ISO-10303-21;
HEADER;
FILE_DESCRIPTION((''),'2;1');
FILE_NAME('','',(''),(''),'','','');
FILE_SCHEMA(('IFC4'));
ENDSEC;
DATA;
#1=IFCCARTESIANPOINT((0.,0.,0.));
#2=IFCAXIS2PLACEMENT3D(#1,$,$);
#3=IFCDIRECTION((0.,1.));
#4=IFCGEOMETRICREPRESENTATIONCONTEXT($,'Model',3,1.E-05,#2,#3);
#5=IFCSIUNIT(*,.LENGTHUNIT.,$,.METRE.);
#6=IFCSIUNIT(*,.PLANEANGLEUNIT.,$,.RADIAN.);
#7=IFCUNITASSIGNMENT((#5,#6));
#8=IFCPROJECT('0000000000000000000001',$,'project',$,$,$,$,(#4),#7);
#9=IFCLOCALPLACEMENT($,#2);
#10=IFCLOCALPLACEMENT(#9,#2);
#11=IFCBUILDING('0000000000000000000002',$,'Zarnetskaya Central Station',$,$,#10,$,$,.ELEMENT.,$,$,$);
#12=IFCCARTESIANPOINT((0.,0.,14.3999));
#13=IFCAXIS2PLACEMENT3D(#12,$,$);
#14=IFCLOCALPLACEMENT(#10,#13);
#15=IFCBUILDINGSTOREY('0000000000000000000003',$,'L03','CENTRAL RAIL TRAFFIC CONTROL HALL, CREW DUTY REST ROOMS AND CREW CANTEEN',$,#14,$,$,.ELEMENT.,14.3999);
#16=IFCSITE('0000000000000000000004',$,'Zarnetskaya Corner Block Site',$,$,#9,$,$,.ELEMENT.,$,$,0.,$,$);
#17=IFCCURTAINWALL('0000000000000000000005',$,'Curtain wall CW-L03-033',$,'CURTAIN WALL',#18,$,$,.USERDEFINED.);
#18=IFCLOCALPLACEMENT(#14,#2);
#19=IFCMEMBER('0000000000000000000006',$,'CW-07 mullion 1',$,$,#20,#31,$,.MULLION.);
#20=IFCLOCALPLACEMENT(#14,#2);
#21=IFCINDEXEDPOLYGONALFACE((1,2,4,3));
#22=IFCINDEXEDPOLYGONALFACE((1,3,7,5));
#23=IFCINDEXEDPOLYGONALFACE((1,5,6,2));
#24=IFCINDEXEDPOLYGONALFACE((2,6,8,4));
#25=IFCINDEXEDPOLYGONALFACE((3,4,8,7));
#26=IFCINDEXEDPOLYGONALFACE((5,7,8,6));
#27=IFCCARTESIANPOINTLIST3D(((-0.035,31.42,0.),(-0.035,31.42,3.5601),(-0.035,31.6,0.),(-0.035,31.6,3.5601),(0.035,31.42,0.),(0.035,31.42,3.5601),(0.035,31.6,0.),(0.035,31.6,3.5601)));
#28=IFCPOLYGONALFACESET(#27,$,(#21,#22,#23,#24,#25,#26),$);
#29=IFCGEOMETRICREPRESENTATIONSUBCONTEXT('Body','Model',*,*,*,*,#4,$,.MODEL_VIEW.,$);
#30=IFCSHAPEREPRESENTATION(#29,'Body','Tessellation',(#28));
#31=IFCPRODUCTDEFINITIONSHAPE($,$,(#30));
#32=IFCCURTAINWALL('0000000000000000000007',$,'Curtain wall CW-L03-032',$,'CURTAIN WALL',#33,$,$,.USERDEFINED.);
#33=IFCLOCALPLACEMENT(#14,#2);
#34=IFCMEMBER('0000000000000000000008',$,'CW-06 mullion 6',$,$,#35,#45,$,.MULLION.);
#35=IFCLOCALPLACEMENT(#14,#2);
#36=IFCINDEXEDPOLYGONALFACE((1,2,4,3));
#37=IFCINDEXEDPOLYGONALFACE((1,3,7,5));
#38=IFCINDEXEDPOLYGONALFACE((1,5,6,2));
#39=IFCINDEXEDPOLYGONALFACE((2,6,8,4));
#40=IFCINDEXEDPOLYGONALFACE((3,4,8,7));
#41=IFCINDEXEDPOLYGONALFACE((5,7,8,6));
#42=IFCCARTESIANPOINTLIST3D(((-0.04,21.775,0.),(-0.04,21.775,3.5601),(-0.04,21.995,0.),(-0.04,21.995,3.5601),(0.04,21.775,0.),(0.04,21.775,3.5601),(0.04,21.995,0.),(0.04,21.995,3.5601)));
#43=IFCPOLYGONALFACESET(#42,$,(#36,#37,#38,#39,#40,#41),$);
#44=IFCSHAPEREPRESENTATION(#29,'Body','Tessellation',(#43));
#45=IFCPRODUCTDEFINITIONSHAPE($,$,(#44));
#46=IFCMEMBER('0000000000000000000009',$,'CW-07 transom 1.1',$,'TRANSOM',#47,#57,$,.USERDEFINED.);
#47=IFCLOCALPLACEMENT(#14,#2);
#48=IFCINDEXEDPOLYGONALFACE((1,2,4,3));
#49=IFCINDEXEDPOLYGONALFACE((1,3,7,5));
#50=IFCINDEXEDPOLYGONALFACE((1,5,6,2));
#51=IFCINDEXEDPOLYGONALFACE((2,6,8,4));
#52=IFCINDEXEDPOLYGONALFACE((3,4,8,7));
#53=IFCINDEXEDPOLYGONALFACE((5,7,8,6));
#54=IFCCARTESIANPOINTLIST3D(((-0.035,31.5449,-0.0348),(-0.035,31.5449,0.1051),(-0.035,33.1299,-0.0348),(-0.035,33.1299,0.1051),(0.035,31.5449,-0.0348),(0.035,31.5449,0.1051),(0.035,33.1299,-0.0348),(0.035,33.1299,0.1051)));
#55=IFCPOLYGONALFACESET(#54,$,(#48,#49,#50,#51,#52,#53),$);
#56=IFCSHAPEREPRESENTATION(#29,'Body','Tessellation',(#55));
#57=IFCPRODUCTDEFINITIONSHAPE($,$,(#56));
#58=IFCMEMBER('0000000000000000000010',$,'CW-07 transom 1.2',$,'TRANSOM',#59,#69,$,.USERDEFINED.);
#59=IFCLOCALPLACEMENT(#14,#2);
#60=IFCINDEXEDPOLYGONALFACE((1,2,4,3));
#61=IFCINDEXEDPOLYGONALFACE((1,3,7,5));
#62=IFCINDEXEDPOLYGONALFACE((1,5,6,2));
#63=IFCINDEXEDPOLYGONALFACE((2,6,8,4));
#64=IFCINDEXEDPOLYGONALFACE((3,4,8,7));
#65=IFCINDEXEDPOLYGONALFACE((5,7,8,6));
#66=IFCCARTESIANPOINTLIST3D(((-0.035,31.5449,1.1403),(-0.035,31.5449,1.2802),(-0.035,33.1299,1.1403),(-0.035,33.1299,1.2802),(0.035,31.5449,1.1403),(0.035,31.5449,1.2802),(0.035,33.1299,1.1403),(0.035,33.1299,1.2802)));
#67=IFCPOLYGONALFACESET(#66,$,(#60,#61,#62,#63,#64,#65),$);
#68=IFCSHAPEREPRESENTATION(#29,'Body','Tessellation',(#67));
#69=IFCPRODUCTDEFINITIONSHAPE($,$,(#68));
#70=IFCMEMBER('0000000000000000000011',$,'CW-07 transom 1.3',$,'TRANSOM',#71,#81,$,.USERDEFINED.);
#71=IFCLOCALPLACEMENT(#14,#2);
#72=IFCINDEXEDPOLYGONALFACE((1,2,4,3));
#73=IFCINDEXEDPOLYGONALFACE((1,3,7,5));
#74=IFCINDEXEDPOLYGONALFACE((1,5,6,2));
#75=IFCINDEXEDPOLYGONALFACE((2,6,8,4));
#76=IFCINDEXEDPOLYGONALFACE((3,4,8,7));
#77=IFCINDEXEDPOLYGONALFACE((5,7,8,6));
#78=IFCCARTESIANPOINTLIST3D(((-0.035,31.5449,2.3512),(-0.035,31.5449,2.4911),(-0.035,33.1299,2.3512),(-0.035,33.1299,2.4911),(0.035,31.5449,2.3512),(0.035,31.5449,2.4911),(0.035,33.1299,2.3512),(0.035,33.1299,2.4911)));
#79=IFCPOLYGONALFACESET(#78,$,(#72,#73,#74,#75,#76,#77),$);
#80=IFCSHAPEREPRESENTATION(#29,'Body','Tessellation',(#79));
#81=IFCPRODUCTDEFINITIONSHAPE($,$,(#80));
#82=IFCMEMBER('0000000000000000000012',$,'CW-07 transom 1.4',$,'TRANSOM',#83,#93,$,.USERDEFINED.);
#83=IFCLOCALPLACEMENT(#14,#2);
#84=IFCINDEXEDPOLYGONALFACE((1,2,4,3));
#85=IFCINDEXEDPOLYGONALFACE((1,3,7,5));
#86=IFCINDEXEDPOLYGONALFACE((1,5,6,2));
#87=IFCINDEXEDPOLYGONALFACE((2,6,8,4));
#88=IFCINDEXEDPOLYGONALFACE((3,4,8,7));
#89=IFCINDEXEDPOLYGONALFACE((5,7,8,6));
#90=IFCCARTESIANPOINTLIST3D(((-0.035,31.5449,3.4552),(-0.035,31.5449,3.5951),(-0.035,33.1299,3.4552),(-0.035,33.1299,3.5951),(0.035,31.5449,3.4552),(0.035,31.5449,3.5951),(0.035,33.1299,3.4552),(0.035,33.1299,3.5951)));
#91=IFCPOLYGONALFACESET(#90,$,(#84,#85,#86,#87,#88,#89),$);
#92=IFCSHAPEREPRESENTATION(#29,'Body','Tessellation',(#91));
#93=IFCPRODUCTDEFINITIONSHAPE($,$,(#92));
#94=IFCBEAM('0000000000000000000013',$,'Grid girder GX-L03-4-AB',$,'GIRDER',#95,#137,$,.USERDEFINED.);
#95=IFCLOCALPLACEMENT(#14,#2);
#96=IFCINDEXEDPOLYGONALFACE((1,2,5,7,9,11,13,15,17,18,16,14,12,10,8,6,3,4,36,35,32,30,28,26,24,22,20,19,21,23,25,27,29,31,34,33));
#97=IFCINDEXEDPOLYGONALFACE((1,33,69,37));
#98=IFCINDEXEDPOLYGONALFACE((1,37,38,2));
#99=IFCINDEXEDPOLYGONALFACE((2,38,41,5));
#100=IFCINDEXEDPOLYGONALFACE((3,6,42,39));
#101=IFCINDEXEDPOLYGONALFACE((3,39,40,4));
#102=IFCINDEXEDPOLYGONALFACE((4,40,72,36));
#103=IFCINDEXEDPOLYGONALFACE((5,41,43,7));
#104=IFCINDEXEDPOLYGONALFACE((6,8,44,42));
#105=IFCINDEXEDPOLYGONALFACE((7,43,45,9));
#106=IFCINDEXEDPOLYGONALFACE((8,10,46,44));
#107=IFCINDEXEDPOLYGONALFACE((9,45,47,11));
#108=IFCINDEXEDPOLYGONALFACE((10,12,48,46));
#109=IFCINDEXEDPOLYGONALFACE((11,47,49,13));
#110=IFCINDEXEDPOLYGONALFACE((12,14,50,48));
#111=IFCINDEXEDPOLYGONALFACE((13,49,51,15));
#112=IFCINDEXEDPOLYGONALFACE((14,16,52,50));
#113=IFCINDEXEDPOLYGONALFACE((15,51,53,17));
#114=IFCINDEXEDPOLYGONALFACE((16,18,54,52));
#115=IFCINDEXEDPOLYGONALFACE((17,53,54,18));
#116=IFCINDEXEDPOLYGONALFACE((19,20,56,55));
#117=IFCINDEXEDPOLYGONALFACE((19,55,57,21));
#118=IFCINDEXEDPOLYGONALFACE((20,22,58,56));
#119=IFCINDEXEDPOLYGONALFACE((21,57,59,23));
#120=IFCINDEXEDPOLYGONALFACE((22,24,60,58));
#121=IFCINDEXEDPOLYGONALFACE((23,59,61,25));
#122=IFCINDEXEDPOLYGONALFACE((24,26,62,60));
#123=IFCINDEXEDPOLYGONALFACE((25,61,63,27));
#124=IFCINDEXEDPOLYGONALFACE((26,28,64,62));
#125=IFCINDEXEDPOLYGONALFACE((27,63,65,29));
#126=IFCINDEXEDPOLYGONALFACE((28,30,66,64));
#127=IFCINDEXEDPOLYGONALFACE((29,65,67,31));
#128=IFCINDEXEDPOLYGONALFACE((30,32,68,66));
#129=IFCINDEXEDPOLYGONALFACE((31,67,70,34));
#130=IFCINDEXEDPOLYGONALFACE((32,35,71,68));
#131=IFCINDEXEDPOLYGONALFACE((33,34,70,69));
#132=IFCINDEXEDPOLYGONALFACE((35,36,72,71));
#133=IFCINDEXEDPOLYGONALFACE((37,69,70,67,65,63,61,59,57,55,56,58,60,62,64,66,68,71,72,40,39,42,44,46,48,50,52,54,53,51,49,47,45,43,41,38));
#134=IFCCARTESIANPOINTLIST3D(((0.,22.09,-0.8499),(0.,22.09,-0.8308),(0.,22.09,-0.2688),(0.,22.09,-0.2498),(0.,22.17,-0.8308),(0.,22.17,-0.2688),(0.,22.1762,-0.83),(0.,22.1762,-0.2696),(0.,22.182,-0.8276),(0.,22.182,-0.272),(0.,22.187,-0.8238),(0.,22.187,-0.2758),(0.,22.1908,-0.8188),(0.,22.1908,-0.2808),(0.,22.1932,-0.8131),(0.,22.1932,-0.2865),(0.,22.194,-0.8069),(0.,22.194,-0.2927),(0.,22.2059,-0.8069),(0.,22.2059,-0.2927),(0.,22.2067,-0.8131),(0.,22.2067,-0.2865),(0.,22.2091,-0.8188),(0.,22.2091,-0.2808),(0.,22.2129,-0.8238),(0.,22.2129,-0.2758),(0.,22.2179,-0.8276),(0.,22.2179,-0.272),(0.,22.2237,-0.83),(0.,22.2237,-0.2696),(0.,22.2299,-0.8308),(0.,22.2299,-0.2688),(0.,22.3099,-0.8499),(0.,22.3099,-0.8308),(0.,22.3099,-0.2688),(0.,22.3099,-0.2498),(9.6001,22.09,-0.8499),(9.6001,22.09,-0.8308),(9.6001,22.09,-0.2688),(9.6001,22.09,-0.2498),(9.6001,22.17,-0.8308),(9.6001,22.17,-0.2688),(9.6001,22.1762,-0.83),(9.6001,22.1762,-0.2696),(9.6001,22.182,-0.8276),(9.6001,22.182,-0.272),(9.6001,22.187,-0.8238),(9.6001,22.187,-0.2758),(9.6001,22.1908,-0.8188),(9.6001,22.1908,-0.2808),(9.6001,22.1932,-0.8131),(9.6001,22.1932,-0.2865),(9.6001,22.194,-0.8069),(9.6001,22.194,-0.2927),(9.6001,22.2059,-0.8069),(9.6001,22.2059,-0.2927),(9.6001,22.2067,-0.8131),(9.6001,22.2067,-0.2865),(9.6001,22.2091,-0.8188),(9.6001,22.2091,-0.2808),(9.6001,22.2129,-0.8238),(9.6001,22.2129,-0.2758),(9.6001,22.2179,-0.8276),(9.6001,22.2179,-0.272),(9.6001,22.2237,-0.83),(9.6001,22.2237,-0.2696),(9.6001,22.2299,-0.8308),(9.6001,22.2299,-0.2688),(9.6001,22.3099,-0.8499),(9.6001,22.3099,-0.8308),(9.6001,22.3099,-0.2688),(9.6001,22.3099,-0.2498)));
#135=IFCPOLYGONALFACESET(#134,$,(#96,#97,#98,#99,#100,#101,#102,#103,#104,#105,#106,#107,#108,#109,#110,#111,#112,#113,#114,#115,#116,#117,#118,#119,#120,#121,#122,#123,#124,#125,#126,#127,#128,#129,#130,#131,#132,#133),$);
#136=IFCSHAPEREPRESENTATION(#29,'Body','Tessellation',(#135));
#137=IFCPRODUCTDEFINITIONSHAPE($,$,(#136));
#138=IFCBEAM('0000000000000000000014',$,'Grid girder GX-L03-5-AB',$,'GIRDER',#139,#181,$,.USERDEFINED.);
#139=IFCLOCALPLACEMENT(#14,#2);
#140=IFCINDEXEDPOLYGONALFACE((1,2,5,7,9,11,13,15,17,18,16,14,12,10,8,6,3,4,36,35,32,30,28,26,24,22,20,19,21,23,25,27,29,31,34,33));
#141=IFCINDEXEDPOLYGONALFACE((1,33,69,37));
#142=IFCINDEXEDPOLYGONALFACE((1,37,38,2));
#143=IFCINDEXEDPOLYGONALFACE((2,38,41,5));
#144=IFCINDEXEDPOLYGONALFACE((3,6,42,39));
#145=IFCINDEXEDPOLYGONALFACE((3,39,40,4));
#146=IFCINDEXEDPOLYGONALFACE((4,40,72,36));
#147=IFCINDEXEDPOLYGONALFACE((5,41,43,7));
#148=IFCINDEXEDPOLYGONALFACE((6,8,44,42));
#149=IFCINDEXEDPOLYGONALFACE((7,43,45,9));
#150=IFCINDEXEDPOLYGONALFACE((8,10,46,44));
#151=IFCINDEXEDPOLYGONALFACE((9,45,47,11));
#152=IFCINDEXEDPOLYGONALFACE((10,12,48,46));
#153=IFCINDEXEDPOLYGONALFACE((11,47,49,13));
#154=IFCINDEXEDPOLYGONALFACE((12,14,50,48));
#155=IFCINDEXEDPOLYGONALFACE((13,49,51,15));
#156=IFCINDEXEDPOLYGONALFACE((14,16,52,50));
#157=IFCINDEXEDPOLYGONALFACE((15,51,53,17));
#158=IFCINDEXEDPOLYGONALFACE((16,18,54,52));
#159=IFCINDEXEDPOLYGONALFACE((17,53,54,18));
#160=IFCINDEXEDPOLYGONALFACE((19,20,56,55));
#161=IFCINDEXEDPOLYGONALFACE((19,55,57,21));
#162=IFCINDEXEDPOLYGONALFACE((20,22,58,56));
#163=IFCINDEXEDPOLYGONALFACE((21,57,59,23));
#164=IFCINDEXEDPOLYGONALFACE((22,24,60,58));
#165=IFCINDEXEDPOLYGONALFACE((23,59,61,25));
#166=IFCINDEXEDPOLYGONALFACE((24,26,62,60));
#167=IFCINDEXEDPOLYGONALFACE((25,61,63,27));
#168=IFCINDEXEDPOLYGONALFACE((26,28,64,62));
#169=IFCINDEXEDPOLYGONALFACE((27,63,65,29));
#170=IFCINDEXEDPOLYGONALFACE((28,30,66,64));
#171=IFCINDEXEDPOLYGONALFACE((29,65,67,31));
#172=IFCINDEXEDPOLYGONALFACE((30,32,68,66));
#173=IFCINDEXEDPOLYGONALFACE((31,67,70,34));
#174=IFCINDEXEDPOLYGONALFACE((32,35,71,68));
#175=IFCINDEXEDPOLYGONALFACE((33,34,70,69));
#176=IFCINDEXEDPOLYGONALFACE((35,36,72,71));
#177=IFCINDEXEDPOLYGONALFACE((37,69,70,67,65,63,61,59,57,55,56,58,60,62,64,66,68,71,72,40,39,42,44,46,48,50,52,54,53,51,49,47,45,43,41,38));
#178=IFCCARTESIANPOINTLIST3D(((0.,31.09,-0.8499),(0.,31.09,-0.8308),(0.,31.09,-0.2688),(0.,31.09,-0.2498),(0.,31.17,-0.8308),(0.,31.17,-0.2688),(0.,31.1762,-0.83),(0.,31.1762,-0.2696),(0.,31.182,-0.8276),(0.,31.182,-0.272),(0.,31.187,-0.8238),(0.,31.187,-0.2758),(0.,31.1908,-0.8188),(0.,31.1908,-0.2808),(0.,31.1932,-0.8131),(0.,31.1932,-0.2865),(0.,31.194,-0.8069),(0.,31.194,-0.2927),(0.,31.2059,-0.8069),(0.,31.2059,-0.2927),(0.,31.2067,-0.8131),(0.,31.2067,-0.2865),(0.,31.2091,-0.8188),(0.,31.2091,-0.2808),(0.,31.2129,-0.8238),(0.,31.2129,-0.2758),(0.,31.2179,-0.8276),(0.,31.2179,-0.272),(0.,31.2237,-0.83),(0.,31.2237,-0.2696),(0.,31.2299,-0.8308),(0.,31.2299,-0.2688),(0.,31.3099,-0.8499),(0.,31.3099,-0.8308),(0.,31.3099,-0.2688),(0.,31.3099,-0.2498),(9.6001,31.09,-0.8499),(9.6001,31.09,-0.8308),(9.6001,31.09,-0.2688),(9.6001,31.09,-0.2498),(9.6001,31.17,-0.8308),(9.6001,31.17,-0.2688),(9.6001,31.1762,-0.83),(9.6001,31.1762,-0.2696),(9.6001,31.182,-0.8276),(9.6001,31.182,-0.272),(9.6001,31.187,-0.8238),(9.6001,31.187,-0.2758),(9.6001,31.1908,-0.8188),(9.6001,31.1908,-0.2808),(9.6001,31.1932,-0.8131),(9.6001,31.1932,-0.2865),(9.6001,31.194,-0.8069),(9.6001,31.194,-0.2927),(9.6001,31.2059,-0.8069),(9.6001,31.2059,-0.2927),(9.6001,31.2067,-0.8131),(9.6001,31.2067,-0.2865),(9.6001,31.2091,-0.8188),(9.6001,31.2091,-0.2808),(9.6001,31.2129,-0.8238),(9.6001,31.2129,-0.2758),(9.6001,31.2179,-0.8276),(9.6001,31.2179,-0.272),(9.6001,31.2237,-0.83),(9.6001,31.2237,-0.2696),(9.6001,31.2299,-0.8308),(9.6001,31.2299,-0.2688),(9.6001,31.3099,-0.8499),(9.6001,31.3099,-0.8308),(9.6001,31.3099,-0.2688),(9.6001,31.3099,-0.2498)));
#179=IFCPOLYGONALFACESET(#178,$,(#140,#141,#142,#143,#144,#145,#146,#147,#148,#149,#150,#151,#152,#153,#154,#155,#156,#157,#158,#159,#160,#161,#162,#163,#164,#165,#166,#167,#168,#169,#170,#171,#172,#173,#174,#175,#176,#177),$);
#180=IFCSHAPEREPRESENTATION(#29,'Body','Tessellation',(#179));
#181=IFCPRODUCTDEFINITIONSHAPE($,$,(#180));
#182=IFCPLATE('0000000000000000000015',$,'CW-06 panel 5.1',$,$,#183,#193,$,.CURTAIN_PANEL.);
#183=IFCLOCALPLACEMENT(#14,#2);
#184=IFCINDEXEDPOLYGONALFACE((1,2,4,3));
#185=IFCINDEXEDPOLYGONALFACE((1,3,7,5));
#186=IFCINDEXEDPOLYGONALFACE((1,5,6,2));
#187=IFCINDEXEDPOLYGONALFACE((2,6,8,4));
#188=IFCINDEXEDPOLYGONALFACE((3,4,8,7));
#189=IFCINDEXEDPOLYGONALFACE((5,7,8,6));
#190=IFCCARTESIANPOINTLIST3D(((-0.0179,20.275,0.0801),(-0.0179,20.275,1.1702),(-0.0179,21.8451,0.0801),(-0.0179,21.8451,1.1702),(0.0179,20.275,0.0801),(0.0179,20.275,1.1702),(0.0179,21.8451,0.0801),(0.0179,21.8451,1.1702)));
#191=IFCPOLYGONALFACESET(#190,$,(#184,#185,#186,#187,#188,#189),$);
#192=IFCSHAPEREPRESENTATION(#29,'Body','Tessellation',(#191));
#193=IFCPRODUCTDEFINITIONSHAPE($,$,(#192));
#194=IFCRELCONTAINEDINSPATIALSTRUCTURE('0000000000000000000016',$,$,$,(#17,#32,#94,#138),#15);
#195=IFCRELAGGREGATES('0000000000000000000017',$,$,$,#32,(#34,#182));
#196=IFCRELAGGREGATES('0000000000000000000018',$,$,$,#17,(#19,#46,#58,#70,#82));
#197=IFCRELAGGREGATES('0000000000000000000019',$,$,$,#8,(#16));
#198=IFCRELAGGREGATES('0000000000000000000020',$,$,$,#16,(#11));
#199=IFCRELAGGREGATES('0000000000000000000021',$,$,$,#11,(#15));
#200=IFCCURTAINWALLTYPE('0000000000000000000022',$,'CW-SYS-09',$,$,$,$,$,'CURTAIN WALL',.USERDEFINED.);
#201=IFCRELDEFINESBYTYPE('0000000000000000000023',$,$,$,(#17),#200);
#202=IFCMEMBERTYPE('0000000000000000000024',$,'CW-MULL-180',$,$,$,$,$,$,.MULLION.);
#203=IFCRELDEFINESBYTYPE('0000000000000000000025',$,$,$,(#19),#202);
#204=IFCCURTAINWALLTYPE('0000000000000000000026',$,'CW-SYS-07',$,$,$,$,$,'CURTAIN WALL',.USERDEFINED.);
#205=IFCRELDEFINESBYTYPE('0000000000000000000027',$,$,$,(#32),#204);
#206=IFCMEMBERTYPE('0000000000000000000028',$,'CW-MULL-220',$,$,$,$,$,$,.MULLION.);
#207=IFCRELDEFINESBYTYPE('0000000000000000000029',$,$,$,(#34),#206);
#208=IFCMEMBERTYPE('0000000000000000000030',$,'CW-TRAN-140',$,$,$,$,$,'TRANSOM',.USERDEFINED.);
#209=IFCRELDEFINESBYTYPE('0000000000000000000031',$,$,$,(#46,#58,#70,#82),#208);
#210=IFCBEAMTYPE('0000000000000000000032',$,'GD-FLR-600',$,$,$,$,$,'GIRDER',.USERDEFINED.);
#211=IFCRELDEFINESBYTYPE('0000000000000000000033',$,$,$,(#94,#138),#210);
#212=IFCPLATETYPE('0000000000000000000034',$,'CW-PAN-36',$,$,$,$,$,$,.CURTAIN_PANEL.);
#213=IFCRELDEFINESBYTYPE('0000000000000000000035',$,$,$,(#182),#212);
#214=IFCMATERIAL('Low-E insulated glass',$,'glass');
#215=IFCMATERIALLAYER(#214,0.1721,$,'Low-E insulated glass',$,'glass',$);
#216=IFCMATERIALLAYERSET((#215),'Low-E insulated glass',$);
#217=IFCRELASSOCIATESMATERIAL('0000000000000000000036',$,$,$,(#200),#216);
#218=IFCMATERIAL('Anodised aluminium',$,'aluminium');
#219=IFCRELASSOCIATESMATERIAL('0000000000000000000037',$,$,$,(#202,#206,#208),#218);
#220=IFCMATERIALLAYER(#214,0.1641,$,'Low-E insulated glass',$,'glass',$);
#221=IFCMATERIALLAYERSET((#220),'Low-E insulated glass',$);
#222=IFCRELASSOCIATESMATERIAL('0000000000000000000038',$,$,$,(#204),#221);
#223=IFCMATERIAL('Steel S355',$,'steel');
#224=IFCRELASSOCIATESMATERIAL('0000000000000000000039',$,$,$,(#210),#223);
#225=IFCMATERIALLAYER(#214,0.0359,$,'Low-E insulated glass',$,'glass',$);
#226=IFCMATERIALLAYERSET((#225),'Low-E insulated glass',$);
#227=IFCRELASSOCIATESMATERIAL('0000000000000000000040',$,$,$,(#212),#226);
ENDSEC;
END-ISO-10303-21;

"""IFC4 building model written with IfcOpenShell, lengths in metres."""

from ifc_helpers import new_model, si_unit, direction, frame, origin, origin_2d, place, context, subcontext, project, spatial, rectangle, i_section, extrude, material, layer, layer_set, material_profile, profile_set, type_object, element, aggregate, save


model = new_model("IFC4")

# Units and contexts
model_context = context("Model", 3, precision=1e-05, world=origin(), true_north=direction((0.0, 1.0)))
body_context = subcontext(model_context, "Body", "Model", "MODEL_VIEW")
ifc_project = project(units=[si_unit("LENGTHUNIT", "METRE"), si_unit("PLANEANGLEUNIT", "RADIAN")], contexts=[model_context])

# Site, building, storey
site_placement = place(None, origin())
site = spatial("IfcSite", under=ifc_project, at=site_placement, Name="Zarnetskaya Corner Block Site", CompositionType="ELEMENT", RefElevation=0.0)
building_placement = place(site_placement, origin())
building = spatial("IfcBuilding", under=site, at=building_placement, Name="Zarnetskaya Central Station", CompositionType="ELEMENT")
storey_placement = place(building_placement, frame((0.0, 0.0, 14.3999)))
storey = spatial("IfcBuildingStorey", under=building, at=storey_placement, Name="L03", Description="CENTRAL RAIL TRAFFIC CONTROL HALL, CREW DUTY REST ROOMS AND CREW CANTEEN", CompositionType="ELEMENT", Elevation=14.3999)

# Shared definitions
ifc_material_1 = material(Name="Steel S355", Category="steel")

# Curtain walls, members
ifc_material_2 = material(Name="Low-E insulated glass", Category="glass")
ifc_layer_1 = layer(ifc_material_2, 0.1721, Name="Low-E insulated glass", Category="glass")
ifc_layer_set_1 = layer_set([ifc_layer_1], Name="Low-E insulated glass")
curtain_wall_type_1 = type_object("IfcCurtainWallType", Name="CW-SYS-09", ElementType="CURTAIN WALL", PredefinedType="USERDEFINED", material=ifc_layer_set_1)
curtain_wall_1_placement = place(storey_placement, origin())
curtain_wall_1 = element("IfcCurtainWall", 1, at=curtain_wall_1_placement, inside=storey, type_object=curtain_wall_type_1, Name="Curtain wall CW-L03-033", ObjectType="CURTAIN WALL", PredefinedType="USERDEFINED")
ifc_material_3 = material(Name="Anodised aluminium", Category="aluminium")
ifc_material_profile_1 = material_profile(ifc_material_3, rectangle(XDim=0.0701, YDim=0.1799, at=origin_2d()), Name="ALU MULL 70x180")
ifc_profile_set_1 = profile_set([ifc_material_profile_1], Name="Anodised aluminium")
member_type_1 = type_object("IfcMemberType", Name="CW-MULL-180", PredefinedType="MULLION", material=ifc_profile_set_1)
member_1_placement = place(storey_placement, frame((0.0, 31.51, 0.0), z_axis=(0.0, 0.0, 1.0), x_axis=(-1.0, 0.0, 0.0)))
member_1 = element("IfcMember", 2, at=member_1_placement, type_object=member_type_1, Name="CW-07 mullion 1", PredefinedType="MULLION", context=body_context, shape_type="SweptSolid", body=[
    extrude(rectangle(XDim=0.0701, YDim=0.1799, at=origin_2d()), origin(), (0.0, 0.0, 1.0), 3.5601),
])
ifc_layer_2 = layer(ifc_material_2, 0.1641, Name="Low-E insulated glass", Category="glass")
ifc_layer_set_2 = layer_set([ifc_layer_2], Name="Low-E insulated glass")
curtain_wall_type_2 = type_object("IfcCurtainWallType", Name="CW-SYS-07", ElementType="CURTAIN WALL", PredefinedType="USERDEFINED", material=ifc_layer_set_2)
curtain_wall_2_placement = place(storey_placement, origin())
curtain_wall_2 = element("IfcCurtainWall", 3, at=curtain_wall_2_placement, inside=storey, type_object=curtain_wall_type_2, Name="Curtain wall CW-L03-032", ObjectType="CURTAIN WALL", PredefinedType="USERDEFINED")
ifc_material_profile_2 = material_profile(ifc_material_3, rectangle(XDim=0.0801, YDim=0.22, at=origin_2d()), Name="ALU MULL 80x220")
ifc_profile_set_2 = profile_set([ifc_material_profile_2], Name="Anodised aluminium")
member_type_2 = type_object("IfcMemberType", Name="CW-MULL-220", PredefinedType="MULLION", material=ifc_profile_set_2)
member_2_placement = place(storey_placement, frame((0.0, 21.885, 0.0), z_axis=(0.0, 0.0, 1.0), x_axis=(-1.0, 0.0, 0.0)))
member_2 = element("IfcMember", 4, at=member_2_placement, type_object=member_type_2, Name="CW-06 mullion 6", PredefinedType="MULLION", context=body_context, shape_type="SweptSolid", body=[
    extrude(rectangle(XDim=0.0801, YDim=0.22, at=origin_2d()), origin(), (0.0, 0.0, 1.0), 3.5601),
])

# Members
ifc_material_profile_3 = material_profile(ifc_material_3, rectangle(XDim=0.0701, YDim=0.1399, at=origin_2d()), Name="ALU TRAN 70x140")
ifc_profile_set_3 = profile_set([ifc_material_profile_3], Name="Anodised aluminium")
member_type_3 = type_object("IfcMemberType", Name="CW-TRAN-140", ElementType="TRANSOM", PredefinedType="USERDEFINED", material=ifc_profile_set_3)
member_3_placement = place(storey_placement, frame((0.0, 31.5449, 0.0352), z_axis=(0.0, 1.0, 0.0), x_axis=(-1.0, 0.0, 0.0)))
member_3 = element("IfcMember", 5, at=member_3_placement, type_object=member_type_3, Name="CW-07 transom 1.1", ObjectType="TRANSOM", PredefinedType="USERDEFINED", context=body_context, shape_type="SweptSolid", body=[
    extrude(rectangle(XDim=0.0701, YDim=0.1399, at=origin_2d()), origin(), (0.0, 0.0, 1.0), 1.585),
])
member_4_placement = place(storey_placement, frame((0.0, 31.5449, 1.2102), z_axis=(0.0, 1.0, 0.0), x_axis=(-1.0, 0.0, 0.0)))
member_4 = element("IfcMember", 6, at=member_4_placement, type_object=member_type_3, Name="CW-07 transom 1.2", ObjectType="TRANSOM", PredefinedType="USERDEFINED", context=body_context, shape_type="SweptSolid", body=[
    extrude(rectangle(XDim=0.0701, YDim=0.1399, at=origin_2d()), origin(), (0.0, 0.0, 1.0), 1.585),
])
member_5_placement = place(storey_placement, frame((0.0, 31.5449, 2.4211), z_axis=(0.0, 1.0, 0.0), x_axis=(-1.0, 0.0, 0.0)))
member_5 = element("IfcMember", 7, at=member_5_placement, type_object=member_type_3, Name="CW-07 transom 1.3", ObjectType="TRANSOM", PredefinedType="USERDEFINED", context=body_context, shape_type="SweptSolid", body=[
    extrude(rectangle(XDim=0.0701, YDim=0.1399, at=origin_2d()), origin(), (0.0, 0.0, 1.0), 1.585),
])
member_6_placement = place(storey_placement, frame((0.0, 31.5449, 3.5251), z_axis=(0.0, 1.0, 0.0), x_axis=(-1.0, 0.0, 0.0)))
member_6 = element("IfcMember", 8, at=member_6_placement, type_object=member_type_3, Name="CW-07 transom 1.4", ObjectType="TRANSOM", PredefinedType="USERDEFINED", context=body_context, shape_type="SweptSolid", body=[
    extrude(rectangle(XDim=0.0701, YDim=0.1399, at=origin_2d()), origin(), (0.0, 0.0, 1.0), 1.585),
])

# Beams
ifc_material_profile_4 = material_profile(ifc_material_1, i_section(OverallWidth=0.22, OverallDepth=0.6001, WebThickness=0.012, FlangeThickness=0.019, FilletRadius=0.0239, at=origin_2d()), Name="IPE 600")
ifc_profile_set_4 = profile_set([ifc_material_profile_4], Name="Steel S355")
beam_type_1 = type_object("IfcBeamType", Name="GD-FLR-600", ElementType="GIRDER", PredefinedType="USERDEFINED", material=ifc_profile_set_4)
for number, where, z_axis, x_axis, name in (
    (9, (0.0, 22.2, -0.5498), (1.0, 0.0, 0.0), (0.0, 1.0, 0.0), "Grid girder GX-L03-4-AB"),
    (10, (0.0, 31.2, -0.5498), (1.0, 0.0, 0.0), (0.0, 1.0, 0.0), "Grid girder GX-L03-5-AB"),
):
    element("IfcBeam", number, at=place(storey_placement, frame(where, z_axis=z_axis, x_axis=x_axis)), inside=storey, type_object=beam_type_1, Name=name, ObjectType="GIRDER", PredefinedType="USERDEFINED", context=body_context, shape_type="SweptSolid", body=[
        extrude(i_section(OverallWidth=0.22, OverallDepth=0.6001, WebThickness=0.012, FlangeThickness=0.019, FilletRadius=0.0239, at=origin_2d()), origin(), (0.0, 0.0, 1.0), 9.6001),
    ])

# Plate
ifc_layer_3 = layer(ifc_material_2, 0.0359, Name="Low-E insulated glass", Category="glass")
ifc_layer_set_3 = layer_set([ifc_layer_3], Name="Low-E insulated glass")
plate_type_1 = type_object("IfcPlateType", Name="CW-PAN-36", PredefinedType="CURTAIN_PANEL", material=ifc_layer_set_3)
plate_1_placement = place(storey_placement, frame((0.0, 21.0601, 0.0801), z_axis=(0.0, 0.0, 1.0), x_axis=(0.0, 1.0, 0.0)))
plate_1 = element("IfcPlate", 11, at=plate_1_placement, type_object=plate_type_1, Name="CW-06 panel 5.1", PredefinedType="CURTAIN_PANEL", context=body_context, shape_type="SweptSolid", body=[
    extrude(rectangle(XDim=1.5701, YDim=0.0359, at=origin_2d()), origin(), (0.0, 0.0, 1.0), 1.0901),
])
aggregate(curtain_wall_2, [member_2, plate_1])
aggregate(curtain_wall_1, [member_1, member_3, member_4, member_5, member_6])

save(model, "model.ifc")
